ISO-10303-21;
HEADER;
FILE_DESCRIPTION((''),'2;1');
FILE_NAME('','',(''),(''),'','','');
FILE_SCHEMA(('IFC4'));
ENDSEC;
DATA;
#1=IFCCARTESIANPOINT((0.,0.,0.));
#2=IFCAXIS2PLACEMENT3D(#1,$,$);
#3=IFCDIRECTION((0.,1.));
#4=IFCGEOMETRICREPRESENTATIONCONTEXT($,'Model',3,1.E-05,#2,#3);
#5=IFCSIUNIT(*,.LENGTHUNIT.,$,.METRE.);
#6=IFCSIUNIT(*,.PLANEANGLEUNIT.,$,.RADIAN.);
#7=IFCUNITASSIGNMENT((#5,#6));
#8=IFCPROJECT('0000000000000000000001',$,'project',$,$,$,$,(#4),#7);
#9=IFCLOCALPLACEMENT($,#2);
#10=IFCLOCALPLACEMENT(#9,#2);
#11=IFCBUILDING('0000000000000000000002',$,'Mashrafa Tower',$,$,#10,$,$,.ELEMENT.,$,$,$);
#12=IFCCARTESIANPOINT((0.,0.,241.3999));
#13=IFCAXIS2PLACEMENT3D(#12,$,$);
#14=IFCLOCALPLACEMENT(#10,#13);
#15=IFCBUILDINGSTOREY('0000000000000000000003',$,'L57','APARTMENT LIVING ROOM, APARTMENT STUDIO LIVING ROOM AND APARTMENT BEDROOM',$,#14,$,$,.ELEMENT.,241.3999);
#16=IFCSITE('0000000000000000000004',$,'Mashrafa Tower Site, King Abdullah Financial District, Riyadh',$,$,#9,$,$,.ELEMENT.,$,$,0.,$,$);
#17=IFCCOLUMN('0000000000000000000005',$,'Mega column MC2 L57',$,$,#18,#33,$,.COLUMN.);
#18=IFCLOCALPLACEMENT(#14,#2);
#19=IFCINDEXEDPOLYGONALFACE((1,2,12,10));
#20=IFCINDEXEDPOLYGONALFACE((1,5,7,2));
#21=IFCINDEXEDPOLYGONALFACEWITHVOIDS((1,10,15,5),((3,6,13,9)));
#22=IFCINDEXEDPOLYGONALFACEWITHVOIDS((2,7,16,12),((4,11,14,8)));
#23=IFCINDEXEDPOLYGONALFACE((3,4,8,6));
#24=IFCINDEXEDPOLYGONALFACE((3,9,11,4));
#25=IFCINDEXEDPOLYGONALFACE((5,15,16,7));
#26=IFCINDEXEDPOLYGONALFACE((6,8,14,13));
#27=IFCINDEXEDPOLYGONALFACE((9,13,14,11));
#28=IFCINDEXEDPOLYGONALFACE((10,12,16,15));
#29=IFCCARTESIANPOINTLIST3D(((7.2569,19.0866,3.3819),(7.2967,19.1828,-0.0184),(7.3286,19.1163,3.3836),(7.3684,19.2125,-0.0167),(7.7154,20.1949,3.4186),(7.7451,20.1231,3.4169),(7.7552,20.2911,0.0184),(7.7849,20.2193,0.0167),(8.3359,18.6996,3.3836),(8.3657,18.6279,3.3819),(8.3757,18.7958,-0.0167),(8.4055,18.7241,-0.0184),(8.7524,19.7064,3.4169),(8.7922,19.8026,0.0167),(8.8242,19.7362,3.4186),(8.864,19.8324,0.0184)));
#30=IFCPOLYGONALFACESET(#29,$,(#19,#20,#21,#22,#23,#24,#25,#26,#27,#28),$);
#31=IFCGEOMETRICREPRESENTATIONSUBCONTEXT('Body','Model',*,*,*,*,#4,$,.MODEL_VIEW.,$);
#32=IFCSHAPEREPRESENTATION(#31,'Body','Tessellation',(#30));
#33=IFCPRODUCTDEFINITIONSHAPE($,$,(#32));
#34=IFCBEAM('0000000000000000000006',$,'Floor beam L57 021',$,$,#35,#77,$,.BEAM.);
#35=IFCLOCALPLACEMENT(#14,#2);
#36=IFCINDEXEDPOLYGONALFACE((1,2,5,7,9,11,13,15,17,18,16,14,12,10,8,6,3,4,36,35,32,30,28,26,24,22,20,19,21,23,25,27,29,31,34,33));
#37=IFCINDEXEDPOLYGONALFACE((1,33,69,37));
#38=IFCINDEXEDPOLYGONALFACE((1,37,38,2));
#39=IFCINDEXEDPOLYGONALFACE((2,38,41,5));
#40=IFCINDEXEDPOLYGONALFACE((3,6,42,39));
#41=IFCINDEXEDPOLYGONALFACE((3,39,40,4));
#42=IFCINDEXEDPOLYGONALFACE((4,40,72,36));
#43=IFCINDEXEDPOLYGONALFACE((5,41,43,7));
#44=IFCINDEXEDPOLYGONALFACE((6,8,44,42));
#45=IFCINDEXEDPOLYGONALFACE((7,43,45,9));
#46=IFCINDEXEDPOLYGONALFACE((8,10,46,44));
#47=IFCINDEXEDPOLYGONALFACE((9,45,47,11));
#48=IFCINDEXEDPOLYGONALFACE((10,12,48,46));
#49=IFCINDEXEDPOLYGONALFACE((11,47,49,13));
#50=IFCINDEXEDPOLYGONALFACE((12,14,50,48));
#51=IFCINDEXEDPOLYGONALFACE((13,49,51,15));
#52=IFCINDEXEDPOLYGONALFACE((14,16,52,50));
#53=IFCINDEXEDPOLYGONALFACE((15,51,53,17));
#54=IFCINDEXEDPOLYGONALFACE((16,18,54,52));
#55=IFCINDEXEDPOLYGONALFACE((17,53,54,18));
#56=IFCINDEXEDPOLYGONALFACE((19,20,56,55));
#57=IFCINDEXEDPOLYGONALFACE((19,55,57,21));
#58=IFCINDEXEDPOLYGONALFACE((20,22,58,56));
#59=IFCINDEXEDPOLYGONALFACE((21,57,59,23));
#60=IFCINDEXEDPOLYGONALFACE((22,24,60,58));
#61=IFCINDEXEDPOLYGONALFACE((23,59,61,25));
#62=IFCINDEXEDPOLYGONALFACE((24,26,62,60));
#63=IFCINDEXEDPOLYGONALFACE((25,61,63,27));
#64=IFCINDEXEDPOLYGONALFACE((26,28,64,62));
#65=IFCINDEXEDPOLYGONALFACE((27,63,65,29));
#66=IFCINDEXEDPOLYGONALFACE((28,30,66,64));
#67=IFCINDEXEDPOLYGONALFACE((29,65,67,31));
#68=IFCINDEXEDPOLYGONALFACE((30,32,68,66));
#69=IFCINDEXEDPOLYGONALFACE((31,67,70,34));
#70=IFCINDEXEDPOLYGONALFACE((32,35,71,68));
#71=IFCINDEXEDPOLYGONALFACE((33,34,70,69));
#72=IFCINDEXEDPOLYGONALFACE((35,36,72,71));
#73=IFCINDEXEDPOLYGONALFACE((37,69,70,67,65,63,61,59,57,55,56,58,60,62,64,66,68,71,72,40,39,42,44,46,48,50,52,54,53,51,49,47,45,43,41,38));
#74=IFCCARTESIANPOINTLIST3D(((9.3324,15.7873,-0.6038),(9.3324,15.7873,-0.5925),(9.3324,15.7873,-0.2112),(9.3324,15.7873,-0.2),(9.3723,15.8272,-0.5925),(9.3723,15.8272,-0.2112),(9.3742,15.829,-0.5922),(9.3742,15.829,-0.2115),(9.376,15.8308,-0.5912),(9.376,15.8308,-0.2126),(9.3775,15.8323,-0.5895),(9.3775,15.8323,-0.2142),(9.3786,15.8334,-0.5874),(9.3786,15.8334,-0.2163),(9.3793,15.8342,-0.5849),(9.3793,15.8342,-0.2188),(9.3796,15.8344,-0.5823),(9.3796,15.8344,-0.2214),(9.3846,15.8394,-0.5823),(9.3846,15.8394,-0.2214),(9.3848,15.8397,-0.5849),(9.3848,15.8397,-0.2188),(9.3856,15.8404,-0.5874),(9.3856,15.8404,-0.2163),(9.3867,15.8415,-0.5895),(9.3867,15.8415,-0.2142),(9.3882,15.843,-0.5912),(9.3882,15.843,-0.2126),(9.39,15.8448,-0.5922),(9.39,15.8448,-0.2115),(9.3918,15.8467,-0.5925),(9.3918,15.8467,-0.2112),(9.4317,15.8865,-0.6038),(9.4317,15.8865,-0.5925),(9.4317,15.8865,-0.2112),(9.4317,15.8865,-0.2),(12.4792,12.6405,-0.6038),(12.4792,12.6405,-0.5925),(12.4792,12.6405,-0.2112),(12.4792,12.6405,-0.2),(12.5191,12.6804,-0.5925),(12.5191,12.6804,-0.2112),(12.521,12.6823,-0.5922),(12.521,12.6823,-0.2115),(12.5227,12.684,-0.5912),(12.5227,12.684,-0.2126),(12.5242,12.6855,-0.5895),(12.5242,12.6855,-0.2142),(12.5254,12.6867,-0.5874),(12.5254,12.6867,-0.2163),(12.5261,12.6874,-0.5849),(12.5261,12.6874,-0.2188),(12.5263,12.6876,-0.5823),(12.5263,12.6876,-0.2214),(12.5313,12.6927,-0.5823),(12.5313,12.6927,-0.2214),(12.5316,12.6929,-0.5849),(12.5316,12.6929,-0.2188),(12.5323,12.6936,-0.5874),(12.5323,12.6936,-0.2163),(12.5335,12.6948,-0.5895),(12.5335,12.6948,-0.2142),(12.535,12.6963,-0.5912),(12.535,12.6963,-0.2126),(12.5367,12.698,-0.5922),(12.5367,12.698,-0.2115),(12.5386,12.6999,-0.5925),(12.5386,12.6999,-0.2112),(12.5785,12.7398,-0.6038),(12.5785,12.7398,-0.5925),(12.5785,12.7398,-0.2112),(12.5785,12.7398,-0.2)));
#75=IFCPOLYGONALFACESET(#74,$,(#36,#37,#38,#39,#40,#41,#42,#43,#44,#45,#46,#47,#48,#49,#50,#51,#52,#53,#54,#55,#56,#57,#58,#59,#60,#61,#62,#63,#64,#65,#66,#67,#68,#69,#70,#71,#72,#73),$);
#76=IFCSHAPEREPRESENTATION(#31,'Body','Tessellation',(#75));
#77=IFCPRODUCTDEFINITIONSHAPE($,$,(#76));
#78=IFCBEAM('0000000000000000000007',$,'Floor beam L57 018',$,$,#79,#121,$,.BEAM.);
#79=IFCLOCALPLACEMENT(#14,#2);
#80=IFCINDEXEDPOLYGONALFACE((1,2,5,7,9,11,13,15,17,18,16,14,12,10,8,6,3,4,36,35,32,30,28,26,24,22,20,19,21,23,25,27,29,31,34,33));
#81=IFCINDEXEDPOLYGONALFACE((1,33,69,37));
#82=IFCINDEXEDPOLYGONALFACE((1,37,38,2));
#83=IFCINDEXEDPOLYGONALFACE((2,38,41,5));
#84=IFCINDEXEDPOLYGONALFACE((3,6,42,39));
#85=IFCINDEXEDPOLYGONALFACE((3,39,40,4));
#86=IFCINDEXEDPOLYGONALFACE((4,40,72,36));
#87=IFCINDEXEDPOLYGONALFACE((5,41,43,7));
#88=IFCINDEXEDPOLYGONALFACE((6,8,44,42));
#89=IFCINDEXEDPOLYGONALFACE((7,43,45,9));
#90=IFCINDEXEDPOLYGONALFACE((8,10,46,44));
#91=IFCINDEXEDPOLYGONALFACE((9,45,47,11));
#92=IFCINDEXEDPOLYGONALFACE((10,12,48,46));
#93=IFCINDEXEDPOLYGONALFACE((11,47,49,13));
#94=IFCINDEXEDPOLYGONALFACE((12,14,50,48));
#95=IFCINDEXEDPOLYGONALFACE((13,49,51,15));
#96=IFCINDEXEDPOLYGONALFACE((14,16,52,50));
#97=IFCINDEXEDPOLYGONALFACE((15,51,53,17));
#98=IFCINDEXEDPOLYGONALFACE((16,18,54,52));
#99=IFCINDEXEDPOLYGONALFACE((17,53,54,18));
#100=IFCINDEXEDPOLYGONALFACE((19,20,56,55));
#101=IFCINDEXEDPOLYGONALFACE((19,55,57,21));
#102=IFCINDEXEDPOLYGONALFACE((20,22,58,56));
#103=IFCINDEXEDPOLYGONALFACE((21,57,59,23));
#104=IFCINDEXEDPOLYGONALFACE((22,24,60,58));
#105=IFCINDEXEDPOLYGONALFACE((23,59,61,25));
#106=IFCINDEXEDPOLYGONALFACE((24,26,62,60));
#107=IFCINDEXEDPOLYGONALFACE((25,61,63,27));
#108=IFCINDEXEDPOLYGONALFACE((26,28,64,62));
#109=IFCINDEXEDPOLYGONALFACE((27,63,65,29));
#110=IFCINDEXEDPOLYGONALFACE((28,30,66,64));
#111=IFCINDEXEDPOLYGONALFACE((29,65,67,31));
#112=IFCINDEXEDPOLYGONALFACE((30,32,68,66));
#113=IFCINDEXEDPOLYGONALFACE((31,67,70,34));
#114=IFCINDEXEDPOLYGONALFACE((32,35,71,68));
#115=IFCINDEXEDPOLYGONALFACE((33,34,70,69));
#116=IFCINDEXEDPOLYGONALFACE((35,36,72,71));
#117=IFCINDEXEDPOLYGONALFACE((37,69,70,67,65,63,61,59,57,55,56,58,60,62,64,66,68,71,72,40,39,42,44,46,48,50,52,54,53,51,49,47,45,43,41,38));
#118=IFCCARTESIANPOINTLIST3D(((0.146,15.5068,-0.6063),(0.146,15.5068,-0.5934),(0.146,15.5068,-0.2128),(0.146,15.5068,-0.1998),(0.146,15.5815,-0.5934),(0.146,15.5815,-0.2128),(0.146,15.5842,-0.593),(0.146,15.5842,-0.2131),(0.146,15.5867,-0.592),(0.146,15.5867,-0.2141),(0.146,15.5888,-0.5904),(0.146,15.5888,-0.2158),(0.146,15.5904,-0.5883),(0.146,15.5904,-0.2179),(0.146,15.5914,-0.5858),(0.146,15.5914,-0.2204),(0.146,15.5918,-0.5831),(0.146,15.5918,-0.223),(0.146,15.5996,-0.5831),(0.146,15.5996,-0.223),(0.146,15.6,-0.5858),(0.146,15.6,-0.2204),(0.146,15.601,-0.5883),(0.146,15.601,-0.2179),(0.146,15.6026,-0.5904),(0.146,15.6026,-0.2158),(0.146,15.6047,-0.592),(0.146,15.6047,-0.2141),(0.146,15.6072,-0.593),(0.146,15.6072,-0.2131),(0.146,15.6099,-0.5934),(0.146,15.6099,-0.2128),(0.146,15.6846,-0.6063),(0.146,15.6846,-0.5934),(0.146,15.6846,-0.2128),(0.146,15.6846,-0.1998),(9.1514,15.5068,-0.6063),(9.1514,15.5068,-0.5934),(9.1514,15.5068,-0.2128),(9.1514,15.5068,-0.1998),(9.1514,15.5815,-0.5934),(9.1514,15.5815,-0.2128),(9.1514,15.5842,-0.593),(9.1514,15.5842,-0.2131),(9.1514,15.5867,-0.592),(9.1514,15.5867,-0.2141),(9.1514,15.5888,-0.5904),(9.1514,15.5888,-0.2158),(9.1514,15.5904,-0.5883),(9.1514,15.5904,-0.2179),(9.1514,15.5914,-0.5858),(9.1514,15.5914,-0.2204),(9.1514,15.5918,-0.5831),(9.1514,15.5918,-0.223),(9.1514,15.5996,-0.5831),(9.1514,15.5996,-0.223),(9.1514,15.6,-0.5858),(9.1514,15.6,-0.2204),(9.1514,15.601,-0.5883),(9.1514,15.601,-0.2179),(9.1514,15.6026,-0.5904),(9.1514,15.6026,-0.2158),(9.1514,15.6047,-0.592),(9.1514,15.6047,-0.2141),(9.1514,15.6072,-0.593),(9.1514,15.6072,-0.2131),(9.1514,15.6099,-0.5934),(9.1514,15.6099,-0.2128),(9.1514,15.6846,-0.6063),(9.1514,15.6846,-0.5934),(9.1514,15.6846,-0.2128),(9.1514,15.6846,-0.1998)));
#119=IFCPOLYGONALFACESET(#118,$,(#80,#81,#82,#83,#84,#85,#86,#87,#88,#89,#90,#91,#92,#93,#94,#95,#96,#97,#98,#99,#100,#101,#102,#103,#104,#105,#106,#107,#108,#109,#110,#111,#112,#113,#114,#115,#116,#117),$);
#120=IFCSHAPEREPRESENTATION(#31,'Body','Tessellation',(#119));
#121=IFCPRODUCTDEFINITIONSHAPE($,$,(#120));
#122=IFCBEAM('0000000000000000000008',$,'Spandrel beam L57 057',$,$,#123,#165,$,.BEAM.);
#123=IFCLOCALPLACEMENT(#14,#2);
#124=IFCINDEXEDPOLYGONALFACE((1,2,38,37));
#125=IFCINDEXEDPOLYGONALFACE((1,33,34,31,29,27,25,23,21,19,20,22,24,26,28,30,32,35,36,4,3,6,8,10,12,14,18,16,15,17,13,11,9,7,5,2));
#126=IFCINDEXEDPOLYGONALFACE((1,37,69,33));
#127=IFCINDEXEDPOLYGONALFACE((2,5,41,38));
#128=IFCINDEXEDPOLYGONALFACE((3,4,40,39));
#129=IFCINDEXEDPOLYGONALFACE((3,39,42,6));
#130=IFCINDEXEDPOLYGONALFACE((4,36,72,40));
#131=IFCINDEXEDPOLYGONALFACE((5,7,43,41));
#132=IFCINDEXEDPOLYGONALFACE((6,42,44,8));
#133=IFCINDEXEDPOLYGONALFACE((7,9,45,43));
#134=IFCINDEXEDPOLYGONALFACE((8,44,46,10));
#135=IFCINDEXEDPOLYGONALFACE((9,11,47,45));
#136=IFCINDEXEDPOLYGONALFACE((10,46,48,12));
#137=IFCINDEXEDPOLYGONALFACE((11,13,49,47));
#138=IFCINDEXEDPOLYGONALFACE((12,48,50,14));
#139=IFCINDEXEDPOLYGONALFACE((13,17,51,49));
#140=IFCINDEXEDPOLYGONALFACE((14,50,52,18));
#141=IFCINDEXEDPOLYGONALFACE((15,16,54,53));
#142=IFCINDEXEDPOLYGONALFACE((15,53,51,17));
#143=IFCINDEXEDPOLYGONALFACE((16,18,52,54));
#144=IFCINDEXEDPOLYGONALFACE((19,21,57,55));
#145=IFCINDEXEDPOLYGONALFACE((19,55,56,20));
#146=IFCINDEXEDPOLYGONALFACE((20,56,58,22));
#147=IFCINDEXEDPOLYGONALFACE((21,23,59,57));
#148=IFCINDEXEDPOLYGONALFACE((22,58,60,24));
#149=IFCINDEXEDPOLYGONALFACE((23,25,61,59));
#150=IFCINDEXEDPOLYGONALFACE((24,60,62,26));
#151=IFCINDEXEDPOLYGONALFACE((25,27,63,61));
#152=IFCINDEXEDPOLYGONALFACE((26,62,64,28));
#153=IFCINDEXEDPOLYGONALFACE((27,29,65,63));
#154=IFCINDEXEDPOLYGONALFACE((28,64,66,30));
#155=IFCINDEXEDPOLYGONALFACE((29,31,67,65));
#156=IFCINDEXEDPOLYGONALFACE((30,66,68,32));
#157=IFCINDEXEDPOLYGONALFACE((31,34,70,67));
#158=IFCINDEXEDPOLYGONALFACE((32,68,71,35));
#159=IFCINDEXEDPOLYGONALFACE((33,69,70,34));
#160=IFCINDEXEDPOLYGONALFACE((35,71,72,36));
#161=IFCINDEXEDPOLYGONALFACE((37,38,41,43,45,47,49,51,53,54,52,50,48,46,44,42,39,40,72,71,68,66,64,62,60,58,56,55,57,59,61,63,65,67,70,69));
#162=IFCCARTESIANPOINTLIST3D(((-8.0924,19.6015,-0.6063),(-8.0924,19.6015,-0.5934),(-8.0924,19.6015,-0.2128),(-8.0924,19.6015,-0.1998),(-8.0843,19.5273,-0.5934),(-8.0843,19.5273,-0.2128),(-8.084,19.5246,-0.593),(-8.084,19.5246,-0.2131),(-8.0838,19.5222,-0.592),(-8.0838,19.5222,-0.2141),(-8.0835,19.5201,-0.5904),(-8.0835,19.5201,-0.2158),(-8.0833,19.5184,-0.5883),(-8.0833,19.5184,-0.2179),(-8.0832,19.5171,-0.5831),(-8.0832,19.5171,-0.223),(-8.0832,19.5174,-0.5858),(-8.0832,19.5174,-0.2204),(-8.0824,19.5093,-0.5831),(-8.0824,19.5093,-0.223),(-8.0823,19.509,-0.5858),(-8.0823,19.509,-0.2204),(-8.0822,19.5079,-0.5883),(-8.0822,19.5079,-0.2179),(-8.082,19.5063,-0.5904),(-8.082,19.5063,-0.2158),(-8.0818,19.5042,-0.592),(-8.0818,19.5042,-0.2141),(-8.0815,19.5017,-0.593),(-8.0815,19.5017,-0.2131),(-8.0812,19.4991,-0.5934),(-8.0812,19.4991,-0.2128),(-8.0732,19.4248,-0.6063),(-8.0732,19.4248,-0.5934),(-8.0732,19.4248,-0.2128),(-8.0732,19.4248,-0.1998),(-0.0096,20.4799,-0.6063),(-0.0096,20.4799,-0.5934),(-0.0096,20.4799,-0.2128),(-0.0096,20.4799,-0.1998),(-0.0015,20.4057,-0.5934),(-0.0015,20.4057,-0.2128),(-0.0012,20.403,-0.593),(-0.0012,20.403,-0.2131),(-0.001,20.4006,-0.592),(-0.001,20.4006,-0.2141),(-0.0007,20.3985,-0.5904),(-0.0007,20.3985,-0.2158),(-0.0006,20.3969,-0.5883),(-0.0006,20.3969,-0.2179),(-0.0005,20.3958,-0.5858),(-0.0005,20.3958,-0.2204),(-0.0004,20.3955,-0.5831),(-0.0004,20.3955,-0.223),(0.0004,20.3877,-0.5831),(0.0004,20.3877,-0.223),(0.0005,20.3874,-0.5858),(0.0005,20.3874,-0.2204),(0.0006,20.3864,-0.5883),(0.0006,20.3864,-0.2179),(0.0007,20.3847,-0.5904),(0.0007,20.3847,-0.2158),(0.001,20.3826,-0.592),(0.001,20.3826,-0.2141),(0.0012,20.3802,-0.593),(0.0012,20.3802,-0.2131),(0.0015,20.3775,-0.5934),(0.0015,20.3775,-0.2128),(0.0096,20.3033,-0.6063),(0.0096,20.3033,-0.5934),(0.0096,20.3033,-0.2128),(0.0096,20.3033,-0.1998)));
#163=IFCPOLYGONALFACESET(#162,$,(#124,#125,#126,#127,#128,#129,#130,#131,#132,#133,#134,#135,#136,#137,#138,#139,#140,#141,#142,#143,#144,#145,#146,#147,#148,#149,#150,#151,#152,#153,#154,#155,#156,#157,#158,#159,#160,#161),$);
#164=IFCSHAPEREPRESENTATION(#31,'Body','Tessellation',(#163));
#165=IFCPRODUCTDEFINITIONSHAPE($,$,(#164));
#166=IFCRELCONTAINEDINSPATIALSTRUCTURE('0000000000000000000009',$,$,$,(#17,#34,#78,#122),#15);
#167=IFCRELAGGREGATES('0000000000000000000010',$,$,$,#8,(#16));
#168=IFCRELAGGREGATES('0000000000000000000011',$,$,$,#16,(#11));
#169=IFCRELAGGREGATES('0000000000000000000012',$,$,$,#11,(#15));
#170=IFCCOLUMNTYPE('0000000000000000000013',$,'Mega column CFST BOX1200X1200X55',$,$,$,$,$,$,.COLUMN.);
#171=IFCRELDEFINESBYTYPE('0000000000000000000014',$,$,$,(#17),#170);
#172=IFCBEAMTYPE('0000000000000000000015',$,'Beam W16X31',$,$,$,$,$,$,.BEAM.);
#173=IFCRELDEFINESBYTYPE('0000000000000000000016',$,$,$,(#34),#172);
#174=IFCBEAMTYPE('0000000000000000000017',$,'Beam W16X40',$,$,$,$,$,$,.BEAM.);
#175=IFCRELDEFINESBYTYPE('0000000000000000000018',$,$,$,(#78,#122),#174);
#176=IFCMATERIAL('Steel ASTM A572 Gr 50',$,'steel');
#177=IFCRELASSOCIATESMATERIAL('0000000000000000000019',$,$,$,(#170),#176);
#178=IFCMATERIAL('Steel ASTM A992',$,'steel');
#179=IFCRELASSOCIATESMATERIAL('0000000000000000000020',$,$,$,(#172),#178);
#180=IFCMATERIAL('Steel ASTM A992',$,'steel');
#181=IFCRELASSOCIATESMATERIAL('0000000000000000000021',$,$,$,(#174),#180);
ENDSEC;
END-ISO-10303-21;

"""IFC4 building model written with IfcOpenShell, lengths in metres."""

from ifc_helpers import new_model, si_unit, direction, frame, origin, origin_2d, place, context, subcontext, project, spatial, hollow_rectangle, i_section, extrude, material, material_profile, profile_set, type_object, element, save


model = new_model("IFC4")

# Units and contexts
model_context = context("Model", 3, precision=1e-05, world=origin(), true_north=direction((0.0, 1.0)))
body_context = subcontext(model_context, "Body", "Model", "MODEL_VIEW")
ifc_project = project(units=[si_unit("LENGTHUNIT", "METRE"), si_unit("PLANEANGLEUNIT", "RADIAN")], contexts=[model_context])

# Site, building, storey
site_placement = place(None, origin())
site = spatial("IfcSite", under=ifc_project, at=site_placement, Name="Mashrafa Tower Site, King Abdullah Financial District, Riyadh", CompositionType="ELEMENT", RefElevation=0.0)
building_placement = place(site_placement, origin())
building = spatial("IfcBuilding", under=site, at=building_placement, Name="Mashrafa Tower", CompositionType="ELEMENT")
storey_placement = place(building_placement, frame((0.0, 0.0, 241.3999)))
storey = spatial("IfcBuildingStorey", under=building, at=storey_placement, Name="L57", Description="APARTMENT LIVING ROOM, APARTMENT STUDIO LIVING ROOM AND APARTMENT BEDROOM", CompositionType="ELEMENT", Elevation=241.3999)

# Column
ifc_material_1 = material(Name="Steel ASTM A572 Gr 50", Category="steel")
ifc_material_profile_1 = material_profile(ifc_material_1, hollow_rectangle(XDim=1.2, YDim=1.2, WallThickness=0.0549, at=origin_2d()), Name="BOX1200X1200X55")
ifc_profile_set_1 = profile_set([ifc_material_profile_1], Name="Steel ASTM A572 Gr 50")
column_type = type_object("IfcColumnType", Name="Mega column CFST BOX1200X1200X55", PredefinedType="COLUMN", material=ifc_profile_set_1)
column_placement = place(storey_placement, frame((8.0803, 19.5076, 0.0), z_axis=(-0.011698, -0.028277, 0.999532), x_axis=(0.924045, -0.382283, 0.0)))
element("IfcColumn", 1, at=column_placement, inside=storey, type_object=column_type, Name="Mega column MC2 L57", PredefinedType="COLUMN", context=body_context, shape_type="SweptSolid", body=[
    extrude(hollow_rectangle(XDim=1.2, YDim=1.2, WallThickness=0.0549, at=origin_2d()), origin(), (0.0, 0.0, 1.0), 3.4019),
])

# Beams
ifc_material_2 = material(Name="Steel ASTM A992", Category="steel")
ifc_material_profile_2 = material_profile(ifc_material_2, i_section(OverallWidth=0.1404, OverallDepth=0.4038, WebThickness=0.0071, FlangeThickness=0.0112, FilletRadius=0.0103, at=origin_2d()), Name="W16X31")
ifc_profile_set_2 = profile_set([ifc_material_profile_2], Name="Steel ASTM A992")
beam_type_1 = type_object("IfcBeamType", Name="Beam W16X31", PredefinedType="BEAM", material=ifc_profile_set_2)
beam_1_placement = place(storey_placement, frame((9.3821, 15.8369, -0.4019), z_axis=(0.707107, -0.707107, 0.0), x_axis=(0.707107, 0.707107, 0.0)))
element("IfcBeam", 2, at=beam_1_placement, inside=storey, type_object=beam_type_1, Name="Floor beam L57 021", PredefinedType="BEAM", context=body_context, shape_type="SweptSolid", body=[
    extrude(i_section(OverallWidth=0.1404, OverallDepth=0.4038, WebThickness=0.0071, FlangeThickness=0.0112, FilletRadius=0.0103, at=origin_2d()), origin(), (0.0, 0.0, 1.0), 4.4502),
])
ifc_material_3 = material(Name="Steel ASTM A992", Category="steel")
ifc_material_profile_3 = material_profile(ifc_material_3, i_section(OverallWidth=0.1777, OverallDepth=0.4065, WebThickness=0.0078, FlangeThickness=0.0129, FilletRadius=0.0103, at=origin_2d()), Name="W16X40")
ifc_profile_set_3 = profile_set([ifc_material_profile_3], Name="Steel ASTM A992")
beam_type_2 = type_object("IfcBeamType", Name="Beam W16X40", PredefinedType="BEAM", material=ifc_profile_set_3)
beam_2_placement = place(storey_placement, frame((0.146, 15.5957, -0.4031), z_axis=(1.0, 0.0, 0.0), x_axis=(0.0, 1.0, 0.0)))
element("IfcBeam", 3, at=beam_2_placement, inside=storey, type_object=beam_type_2, Name="Floor beam L57 018", PredefinedType="BEAM", context=body_context, shape_type="SweptSolid", body=[
    extrude(i_section(OverallWidth=0.1777, OverallDepth=0.4065, WebThickness=0.0078, FlangeThickness=0.0129, FilletRadius=0.0103, at=origin_2d()), origin(), (0.0, 0.0, 1.0), 9.0054),
])
for number, where, z_axis, x_axis, name in (
    (4, (0.0, 20.3916, -0.4031), (-0.994146, -0.108042, 0.0), (0.108042, -0.994146, 0.0), "Spandrel beam L57 057"),
):
    element("IfcBeam", number, at=place(storey_placement, frame(where, z_axis=z_axis, x_axis=x_axis)), inside=storey, type_object=beam_type_2, Name=name, PredefinedType="BEAM", context=body_context, shape_type="SweptSolid", body=[
        extrude(i_section(OverallWidth=0.1777, OverallDepth=0.4065, WebThickness=0.0078, FlangeThickness=0.0129, FilletRadius=0.0103, at=origin_2d()), origin(), (0.0, 0.0, 1.0), 8.1304),
    ])

save(model, "model.ifc")
